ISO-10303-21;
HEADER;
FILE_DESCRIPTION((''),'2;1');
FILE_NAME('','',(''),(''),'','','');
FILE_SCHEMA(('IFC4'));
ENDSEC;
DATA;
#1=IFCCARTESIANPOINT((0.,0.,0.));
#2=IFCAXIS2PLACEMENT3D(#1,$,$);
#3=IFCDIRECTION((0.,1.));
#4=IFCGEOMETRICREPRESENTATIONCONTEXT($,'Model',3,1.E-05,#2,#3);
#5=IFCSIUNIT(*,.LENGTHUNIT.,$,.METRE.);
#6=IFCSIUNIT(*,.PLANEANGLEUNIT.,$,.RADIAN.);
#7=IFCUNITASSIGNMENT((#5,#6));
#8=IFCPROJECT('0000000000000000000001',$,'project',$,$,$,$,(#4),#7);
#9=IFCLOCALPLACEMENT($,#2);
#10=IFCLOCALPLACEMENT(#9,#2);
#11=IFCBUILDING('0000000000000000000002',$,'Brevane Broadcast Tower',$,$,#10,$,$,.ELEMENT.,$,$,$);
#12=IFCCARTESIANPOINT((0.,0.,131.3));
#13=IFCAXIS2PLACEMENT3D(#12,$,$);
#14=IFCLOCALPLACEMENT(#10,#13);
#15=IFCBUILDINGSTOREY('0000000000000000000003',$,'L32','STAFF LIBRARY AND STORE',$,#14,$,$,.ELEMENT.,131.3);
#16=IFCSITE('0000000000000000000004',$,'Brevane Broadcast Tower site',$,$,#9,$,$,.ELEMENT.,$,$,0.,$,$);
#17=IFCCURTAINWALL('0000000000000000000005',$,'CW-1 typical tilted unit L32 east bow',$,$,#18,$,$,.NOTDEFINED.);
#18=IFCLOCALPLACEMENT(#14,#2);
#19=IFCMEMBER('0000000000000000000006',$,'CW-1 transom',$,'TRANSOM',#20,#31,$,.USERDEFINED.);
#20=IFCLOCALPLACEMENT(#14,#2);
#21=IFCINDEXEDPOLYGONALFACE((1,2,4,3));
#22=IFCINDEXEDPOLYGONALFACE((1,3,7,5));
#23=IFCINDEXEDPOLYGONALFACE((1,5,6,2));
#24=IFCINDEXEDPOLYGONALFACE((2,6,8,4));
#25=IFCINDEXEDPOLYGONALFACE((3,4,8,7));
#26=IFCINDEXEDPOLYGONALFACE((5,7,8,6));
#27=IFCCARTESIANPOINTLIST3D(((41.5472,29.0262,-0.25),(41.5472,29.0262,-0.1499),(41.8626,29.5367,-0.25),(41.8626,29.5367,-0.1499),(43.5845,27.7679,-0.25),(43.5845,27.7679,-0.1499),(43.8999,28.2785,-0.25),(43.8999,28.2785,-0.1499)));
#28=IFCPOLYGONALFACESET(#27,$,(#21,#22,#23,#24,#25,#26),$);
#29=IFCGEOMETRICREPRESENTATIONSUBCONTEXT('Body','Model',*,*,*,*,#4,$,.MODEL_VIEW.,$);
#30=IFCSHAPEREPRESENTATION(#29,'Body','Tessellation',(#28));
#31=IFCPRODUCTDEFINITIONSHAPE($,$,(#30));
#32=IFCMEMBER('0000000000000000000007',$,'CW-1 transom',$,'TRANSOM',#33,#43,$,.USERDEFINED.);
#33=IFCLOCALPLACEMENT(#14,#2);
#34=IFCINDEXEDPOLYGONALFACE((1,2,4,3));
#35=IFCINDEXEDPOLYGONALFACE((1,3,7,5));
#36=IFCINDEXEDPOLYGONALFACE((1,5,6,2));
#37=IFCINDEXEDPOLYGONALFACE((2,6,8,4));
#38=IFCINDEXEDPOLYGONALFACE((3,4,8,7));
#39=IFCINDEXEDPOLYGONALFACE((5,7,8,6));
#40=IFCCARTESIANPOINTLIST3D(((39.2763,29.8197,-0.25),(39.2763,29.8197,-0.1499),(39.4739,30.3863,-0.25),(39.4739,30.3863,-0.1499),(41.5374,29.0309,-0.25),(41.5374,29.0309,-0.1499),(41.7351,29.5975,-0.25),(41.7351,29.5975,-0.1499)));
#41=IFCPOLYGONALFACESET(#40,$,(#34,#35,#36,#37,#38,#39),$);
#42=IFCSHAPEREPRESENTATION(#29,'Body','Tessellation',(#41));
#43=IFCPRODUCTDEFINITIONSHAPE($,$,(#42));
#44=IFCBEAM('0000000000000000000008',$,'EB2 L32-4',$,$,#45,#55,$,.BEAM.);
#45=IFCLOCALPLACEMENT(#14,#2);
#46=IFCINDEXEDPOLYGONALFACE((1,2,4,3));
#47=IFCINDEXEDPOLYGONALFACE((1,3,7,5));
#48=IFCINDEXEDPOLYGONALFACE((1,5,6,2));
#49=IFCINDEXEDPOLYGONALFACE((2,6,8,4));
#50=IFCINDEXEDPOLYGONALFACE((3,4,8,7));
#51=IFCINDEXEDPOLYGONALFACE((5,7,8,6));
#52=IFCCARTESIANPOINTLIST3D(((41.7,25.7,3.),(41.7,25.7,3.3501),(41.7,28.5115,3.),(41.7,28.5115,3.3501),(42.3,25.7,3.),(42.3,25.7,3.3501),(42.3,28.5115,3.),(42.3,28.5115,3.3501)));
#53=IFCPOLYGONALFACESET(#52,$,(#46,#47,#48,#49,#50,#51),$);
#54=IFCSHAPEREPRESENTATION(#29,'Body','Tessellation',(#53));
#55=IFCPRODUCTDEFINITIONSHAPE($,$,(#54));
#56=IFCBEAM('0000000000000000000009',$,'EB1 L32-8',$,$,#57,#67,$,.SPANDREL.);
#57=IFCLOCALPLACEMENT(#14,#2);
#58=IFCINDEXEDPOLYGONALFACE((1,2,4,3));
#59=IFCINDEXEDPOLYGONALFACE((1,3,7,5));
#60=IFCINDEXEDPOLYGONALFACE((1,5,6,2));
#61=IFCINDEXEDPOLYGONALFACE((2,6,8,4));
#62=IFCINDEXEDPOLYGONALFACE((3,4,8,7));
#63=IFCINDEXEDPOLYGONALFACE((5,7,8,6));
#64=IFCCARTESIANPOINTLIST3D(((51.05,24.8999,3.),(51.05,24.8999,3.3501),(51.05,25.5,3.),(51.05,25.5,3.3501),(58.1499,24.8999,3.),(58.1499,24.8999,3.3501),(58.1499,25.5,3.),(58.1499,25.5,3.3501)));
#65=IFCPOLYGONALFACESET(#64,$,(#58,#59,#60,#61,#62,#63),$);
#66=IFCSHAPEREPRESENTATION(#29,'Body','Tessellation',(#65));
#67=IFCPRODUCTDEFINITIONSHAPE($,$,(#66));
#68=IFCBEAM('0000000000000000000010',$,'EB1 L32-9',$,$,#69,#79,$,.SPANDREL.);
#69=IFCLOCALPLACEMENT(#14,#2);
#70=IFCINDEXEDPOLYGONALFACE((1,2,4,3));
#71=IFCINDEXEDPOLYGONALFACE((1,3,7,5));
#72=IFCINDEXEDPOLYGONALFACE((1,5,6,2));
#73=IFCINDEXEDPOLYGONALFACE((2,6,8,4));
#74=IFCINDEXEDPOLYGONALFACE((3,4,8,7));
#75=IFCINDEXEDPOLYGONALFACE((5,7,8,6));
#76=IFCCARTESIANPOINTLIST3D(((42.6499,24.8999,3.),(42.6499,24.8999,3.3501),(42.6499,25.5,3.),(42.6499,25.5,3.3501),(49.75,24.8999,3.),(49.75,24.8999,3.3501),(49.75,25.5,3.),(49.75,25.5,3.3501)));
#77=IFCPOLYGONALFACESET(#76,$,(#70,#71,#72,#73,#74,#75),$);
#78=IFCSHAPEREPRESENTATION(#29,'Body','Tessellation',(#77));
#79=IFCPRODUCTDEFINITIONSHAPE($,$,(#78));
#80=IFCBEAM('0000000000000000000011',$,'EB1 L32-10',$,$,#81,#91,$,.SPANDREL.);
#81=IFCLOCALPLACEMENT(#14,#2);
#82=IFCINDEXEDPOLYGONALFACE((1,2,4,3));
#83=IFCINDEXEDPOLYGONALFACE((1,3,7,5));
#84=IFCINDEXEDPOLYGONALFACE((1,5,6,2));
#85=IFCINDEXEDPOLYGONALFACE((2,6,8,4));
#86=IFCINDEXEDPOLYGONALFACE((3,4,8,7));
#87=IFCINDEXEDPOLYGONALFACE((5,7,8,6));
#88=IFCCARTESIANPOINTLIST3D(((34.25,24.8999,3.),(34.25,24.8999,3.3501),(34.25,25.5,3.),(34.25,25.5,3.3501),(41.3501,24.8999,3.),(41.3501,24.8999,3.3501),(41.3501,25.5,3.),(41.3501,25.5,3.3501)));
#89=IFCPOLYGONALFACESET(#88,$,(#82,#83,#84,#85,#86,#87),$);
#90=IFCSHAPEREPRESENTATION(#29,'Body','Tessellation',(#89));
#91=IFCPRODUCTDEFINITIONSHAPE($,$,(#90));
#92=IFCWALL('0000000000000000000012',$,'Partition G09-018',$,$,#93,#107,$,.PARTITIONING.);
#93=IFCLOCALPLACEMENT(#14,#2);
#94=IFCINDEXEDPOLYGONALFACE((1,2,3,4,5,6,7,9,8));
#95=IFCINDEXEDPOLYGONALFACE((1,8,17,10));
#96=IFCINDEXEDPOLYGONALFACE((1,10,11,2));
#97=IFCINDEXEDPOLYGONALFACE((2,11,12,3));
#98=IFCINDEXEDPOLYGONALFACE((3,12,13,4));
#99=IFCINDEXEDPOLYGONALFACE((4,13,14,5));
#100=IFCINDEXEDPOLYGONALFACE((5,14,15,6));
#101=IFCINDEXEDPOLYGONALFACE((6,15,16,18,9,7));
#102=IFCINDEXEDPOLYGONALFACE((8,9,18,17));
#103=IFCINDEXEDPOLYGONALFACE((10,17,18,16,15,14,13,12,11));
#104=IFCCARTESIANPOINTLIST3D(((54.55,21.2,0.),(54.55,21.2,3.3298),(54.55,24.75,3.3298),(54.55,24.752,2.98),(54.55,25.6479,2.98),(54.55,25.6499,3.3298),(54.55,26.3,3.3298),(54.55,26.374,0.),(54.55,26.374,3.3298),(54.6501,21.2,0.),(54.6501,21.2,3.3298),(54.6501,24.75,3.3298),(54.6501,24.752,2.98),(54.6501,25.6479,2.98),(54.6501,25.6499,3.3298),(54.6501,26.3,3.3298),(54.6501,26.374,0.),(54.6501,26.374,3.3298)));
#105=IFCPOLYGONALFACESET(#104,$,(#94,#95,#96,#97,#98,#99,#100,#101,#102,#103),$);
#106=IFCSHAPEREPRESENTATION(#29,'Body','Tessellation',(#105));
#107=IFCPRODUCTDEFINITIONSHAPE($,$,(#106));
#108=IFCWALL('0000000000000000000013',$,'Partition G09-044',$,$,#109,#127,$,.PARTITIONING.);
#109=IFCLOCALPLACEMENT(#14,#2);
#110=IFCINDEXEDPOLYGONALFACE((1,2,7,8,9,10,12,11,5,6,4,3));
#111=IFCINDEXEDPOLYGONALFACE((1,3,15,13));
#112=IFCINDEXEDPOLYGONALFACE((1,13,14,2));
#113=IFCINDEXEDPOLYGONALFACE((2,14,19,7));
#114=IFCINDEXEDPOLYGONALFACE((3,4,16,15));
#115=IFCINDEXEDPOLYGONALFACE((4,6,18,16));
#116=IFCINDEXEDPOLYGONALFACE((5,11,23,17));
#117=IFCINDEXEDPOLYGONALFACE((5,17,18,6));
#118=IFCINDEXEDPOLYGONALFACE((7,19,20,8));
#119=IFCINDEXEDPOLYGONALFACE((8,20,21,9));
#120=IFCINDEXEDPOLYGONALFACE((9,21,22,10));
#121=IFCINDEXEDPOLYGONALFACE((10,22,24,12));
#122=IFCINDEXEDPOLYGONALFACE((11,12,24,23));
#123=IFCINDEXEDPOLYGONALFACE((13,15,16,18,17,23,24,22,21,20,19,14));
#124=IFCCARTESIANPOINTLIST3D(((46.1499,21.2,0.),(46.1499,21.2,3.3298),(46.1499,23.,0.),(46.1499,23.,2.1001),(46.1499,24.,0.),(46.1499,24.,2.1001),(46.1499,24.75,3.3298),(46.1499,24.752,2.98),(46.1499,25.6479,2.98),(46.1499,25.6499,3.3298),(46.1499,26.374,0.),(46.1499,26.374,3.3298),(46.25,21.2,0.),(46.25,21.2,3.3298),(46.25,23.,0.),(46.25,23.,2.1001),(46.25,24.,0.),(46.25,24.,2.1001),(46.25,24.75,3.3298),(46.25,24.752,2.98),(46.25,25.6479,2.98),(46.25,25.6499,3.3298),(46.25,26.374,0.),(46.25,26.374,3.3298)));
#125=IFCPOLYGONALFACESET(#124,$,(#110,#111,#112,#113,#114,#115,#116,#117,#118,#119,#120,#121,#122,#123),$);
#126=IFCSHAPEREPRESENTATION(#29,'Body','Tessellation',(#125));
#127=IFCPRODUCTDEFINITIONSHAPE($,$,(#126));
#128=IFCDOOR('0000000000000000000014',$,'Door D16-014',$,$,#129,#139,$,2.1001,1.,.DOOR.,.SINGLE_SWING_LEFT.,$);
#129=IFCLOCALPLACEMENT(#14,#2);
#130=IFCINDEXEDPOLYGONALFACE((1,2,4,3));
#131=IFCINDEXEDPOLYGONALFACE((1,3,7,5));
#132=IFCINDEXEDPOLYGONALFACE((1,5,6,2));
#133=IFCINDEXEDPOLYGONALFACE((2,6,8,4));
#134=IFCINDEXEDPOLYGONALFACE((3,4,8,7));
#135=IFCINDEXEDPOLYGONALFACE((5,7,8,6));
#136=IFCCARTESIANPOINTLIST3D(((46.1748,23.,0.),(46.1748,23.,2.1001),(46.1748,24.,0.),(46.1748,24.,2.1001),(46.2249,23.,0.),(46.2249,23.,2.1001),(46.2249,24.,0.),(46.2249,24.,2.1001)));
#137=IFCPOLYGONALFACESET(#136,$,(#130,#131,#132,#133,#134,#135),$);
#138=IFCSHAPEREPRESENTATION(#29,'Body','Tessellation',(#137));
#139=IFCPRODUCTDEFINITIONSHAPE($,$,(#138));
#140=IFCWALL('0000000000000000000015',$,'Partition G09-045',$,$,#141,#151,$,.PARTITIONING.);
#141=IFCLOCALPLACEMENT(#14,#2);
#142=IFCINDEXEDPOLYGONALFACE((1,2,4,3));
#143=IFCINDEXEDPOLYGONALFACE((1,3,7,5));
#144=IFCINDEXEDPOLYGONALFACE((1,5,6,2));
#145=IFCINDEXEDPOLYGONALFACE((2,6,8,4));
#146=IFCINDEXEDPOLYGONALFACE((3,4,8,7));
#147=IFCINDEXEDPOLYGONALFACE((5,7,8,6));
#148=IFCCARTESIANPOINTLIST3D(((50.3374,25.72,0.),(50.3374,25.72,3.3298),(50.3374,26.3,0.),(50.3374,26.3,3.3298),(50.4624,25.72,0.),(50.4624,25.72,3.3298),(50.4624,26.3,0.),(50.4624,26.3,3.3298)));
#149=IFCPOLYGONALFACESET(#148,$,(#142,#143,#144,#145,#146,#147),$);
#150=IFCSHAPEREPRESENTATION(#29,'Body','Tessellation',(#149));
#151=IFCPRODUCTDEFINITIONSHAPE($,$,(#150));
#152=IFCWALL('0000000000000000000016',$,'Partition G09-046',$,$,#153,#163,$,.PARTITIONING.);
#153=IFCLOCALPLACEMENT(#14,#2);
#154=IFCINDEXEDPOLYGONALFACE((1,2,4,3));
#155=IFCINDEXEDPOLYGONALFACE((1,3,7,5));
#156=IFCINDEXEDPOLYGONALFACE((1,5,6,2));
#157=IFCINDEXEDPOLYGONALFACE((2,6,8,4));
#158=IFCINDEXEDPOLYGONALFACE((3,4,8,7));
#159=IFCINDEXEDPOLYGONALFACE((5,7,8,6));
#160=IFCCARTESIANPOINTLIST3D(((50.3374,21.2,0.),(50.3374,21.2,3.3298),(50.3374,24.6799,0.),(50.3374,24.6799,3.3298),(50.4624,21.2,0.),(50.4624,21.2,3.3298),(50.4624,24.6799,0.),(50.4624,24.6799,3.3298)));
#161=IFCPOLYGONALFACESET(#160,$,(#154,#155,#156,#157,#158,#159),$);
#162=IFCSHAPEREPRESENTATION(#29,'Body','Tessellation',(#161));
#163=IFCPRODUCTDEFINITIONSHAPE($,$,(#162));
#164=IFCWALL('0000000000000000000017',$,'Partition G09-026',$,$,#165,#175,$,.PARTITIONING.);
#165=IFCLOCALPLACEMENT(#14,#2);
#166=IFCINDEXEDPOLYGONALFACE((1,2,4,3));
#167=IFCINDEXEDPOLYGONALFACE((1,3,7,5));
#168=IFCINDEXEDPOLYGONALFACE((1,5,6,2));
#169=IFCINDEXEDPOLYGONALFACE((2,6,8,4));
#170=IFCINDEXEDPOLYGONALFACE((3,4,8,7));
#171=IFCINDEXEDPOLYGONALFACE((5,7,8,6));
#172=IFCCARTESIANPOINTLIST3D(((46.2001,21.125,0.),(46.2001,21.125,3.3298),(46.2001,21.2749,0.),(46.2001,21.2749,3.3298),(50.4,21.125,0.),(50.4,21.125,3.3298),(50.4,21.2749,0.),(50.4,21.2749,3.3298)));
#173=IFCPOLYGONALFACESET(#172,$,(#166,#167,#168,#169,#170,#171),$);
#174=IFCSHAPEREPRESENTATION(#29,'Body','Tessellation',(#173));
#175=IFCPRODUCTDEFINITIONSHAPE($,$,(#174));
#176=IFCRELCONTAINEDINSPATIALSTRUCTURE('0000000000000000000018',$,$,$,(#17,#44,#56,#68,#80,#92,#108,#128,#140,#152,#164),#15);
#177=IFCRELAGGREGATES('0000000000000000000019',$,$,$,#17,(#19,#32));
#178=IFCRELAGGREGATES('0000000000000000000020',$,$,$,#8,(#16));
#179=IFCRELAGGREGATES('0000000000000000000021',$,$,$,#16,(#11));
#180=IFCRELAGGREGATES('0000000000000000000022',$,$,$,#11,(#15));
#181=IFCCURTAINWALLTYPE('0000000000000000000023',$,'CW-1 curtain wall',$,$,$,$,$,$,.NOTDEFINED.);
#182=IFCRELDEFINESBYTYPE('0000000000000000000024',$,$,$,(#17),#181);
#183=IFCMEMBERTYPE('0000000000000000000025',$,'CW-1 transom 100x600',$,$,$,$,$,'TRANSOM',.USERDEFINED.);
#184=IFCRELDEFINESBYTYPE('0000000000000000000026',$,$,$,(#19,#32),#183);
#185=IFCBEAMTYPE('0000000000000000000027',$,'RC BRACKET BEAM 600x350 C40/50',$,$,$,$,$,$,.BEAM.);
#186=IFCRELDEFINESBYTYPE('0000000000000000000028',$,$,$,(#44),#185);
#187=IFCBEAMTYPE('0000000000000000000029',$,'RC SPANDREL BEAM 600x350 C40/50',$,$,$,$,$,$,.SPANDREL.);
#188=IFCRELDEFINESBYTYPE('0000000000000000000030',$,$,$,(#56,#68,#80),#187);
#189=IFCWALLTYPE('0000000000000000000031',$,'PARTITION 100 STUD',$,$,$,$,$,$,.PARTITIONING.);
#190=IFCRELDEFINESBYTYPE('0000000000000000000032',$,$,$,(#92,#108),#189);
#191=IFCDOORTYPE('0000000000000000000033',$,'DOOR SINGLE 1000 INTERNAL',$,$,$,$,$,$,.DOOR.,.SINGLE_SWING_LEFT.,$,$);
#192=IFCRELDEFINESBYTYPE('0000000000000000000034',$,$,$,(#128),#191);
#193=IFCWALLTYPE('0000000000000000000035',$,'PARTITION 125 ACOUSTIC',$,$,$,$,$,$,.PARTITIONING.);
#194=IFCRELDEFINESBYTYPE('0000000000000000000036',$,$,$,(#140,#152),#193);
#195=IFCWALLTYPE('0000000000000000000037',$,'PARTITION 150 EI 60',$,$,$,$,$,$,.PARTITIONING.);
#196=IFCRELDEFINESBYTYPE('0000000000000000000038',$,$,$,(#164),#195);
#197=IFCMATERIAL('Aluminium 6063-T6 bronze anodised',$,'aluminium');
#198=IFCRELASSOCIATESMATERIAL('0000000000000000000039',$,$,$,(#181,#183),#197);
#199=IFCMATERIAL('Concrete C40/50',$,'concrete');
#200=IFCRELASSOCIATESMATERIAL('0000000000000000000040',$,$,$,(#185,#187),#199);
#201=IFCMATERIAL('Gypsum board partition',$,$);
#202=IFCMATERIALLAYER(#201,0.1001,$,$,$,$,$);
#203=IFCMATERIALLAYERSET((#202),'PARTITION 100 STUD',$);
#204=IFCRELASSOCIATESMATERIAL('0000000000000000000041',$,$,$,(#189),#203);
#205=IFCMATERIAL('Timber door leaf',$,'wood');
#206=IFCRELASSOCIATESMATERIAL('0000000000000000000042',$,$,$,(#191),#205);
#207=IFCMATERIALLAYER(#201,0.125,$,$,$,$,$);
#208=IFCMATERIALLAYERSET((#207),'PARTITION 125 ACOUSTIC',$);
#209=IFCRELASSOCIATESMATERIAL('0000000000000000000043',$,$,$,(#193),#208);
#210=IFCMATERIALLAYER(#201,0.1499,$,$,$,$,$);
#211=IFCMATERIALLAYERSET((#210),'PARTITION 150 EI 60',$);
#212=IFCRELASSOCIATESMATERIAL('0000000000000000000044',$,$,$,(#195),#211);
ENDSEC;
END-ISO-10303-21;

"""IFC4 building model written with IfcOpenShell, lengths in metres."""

from ifc_helpers import new_model, si_unit, direction, frame, frame_2d, origin, origin_2d, place, context, subcontext, project, spatial, polyline, rectangle, outline, extrude, material, layer, layer_set, material_profile, profile_set, type_object, element, fill, aggregate, save


model = new_model("IFC4")

# Units and contexts
model_context = context("Model", 3, precision=1e-05, world=origin(), true_north=direction((0.0, 1.0)))
body_context = subcontext(model_context, "Body", "Model", "MODEL_VIEW")
ifc_project = project(units=[si_unit("LENGTHUNIT", "METRE"), si_unit("PLANEANGLEUNIT", "RADIAN")], contexts=[model_context])

# Site, building, storey
site_placement = place(None, origin())
site = spatial("IfcSite", under=ifc_project, at=site_placement, Name="Brevane Broadcast Tower site", CompositionType="ELEMENT", RefElevation=0.0)
building_placement = place(site_placement, origin())
building = spatial("IfcBuilding", under=site, at=building_placement, Name="Brevane Broadcast Tower", CompositionType="ELEMENT")
storey_placement = place(building_placement, frame((0.0, 0.0, 131.3)))
storey = spatial("IfcBuildingStorey", under=building, at=storey_placement, Name="L32", Description="STAFF LIBRARY AND STORE", CompositionType="ELEMENT", Elevation=131.3)

# Curtain wall
ifc_material_1 = material(Name="Aluminium 6063-T6 bronze anodised", Category="aluminium")
curtain_wall_type = type_object("IfcCurtainWallType", Name="CW-1 curtain wall", PredefinedType="NOTDEFINED", material=ifc_material_1)
curtain_wall_1_placement = place(storey_placement, origin())
curtain_wall_1 = element("IfcCurtainWall", 1, at=curtain_wall_1_placement, inside=storey, type_object=curtain_wall_type, Name="CW-1 typical tilted unit L32 east bow", PredefinedType="NOTDEFINED")

# Members
ifc_material_profile_1 = material_profile(ifc_material_1, rectangle(XDim=0.6001, YDim=0.1001, at=origin_2d()), Name="RECT 100x600")
ifc_profile_set_1 = profile_set([ifc_material_profile_1], Name="Aluminium 6063-T6 bronze anodised")
member_type_1 = type_object("IfcMemberType", Name="CW-1 transom 100x600", ElementType="TRANSOM", PredefinedType="USERDEFINED", material=ifc_profile_set_1)
member_1_placement = place(storey_placement, frame((43.7422, 28.0232, -0.2), z_axis=(-0.85081, 0.525473, 0.0), x_axis=(-0.525473, -0.85081, 0.0)))
member_1 = element("IfcMember", 2, at=member_1_placement, type_object=member_type_1, Name="CW-1 transom", ObjectType="TRANSOM", PredefinedType="USERDEFINED", context=body_context, shape_type="SweptSolid", body=[
    extrude(rectangle(XDim=0.6001, YDim=0.1001, at=origin_2d()), origin(), (0.0, 0.0, 1.0), 2.3945),
])
member_2_placement = place(storey_placement, frame((41.6362, 29.3142, -0.2), z_axis=(-0.944198, 0.329378, 0.0), x_axis=(-0.329378, -0.944198, 0.0)))
member_2 = element("IfcMember", 3, at=member_2_placement, type_object=member_type_1, Name="CW-1 transom", ObjectType="TRANSOM", PredefinedType="USERDEFINED", context=body_context, shape_type="SweptSolid", body=[
    extrude(rectangle(XDim=0.6001, YDim=0.1001, at=origin_2d()), origin(), (0.0, 0.0, 1.0), 2.3948),
])
aggregate(curtain_wall_1, [member_1, member_2])

# Beams
ifc_material_2 = material(Name="Concrete C40/50", Category="concrete")
ifc_material_profile_2 = material_profile(ifc_material_2, rectangle(XDim=0.6001, YDim=0.3501, at=origin_2d()), Name="RC 600x350")
ifc_profile_set_2 = profile_set([ifc_material_profile_2], Name="Concrete C40/50")
beam_type_1 = type_object("IfcBeamType", Name="RC BRACKET BEAM 600x350 C40/50", PredefinedType="BEAM", material=ifc_profile_set_2)
beam_1_placement = place(storey_placement, frame((42.0, 25.7, 3.175), z_axis=(0.0, 1.0, 0.0), x_axis=(-1.0, 0.0, 0.0)))
element("IfcBeam", 4, at=beam_1_placement, inside=storey, type_object=beam_type_1, Name="EB2 L32-4", PredefinedType="BEAM", context=body_context, shape_type="SweptSolid", body=[
    extrude(rectangle(XDim=0.6001, YDim=0.3501, at=origin_2d()), origin(), (0.0, 0.0, 1.0), 2.8115),
])
ifc_material_profile_3 = material_profile(ifc_material_2, rectangle(XDim=0.6001, YDim=0.3501, at=origin_2d()), Name="RC 600x350")
ifc_profile_set_3 = profile_set([ifc_material_profile_3], Name="Concrete C40/50")
beam_type_2 = type_object("IfcBeamType", Name="RC SPANDREL BEAM 600x350 C40/50", PredefinedType="SPANDREL", material=ifc_profile_set_3)
beam_2_placement = place(storey_placement, frame((58.1499, 25.2, 3.175), z_axis=(-1.0, 0.0, 0.0), x_axis=(0.0, -1.0, 0.0)))
element("IfcBeam", 5, at=beam_2_placement, inside=storey, type_object=beam_type_2, Name="EB1 L32-8", PredefinedType="SPANDREL", context=body_context, shape_type="SweptSolid", body=[
    extrude(rectangle(XDim=0.6001, YDim=0.3501, at=origin_2d()), origin(), (0.0, 0.0, 1.0), 7.0999),
])
for number, where, z_axis, x_axis, name in (
    (6, (49.75, 25.2, 3.175), (-1.0, 0.0, 0.0), (0.0, -1.0, 0.0), "EB1 L32-9"),
    (7, (41.3501, 25.2, 3.175), (-1.0, 0.0, 0.0), (0.0, -1.0, 0.0), "EB1 L32-10"),
):
    element("IfcBeam", number, at=place(storey_placement, frame(where, z_axis=z_axis, x_axis=x_axis)), inside=storey, type_object=beam_type_2, Name=name, PredefinedType="SPANDREL", context=body_context, shape_type="SweptSolid", body=[
        extrude(rectangle(XDim=0.6001, YDim=0.3501, at=origin_2d()), origin(), (0.0, 0.0, 1.0), 7.1001),
    ])

# Wall
ifc_material_3 = material(Name="Gypsum board partition")
ifc_layer_1 = layer(ifc_material_3, 0.1001)
ifc_layer_set_1 = layer_set([ifc_layer_1], Name="PARTITION 100 STUD")
wall_type_1 = type_object("IfcWallType", Name="PARTITION 100 STUD", PredefinedType="PARTITIONING", material=ifc_layer_set_1)
wall_1_placement = place(storey_placement, frame((54.6001, 21.2, 0.0), z_axis=(0.0, 0.0, 1.0), x_axis=(0.0, 1.0, 0.0)))
element("IfcWall", 8, at=wall_1_placement, inside=storey, type_object=wall_type_1, Name="Partition G09-018", PredefinedType="PARTITIONING", context=body_context, shape_type="SweptSolid", body=[
    extrude(outline(polyline([(0.0, 0.0), (5.1741, 0.0), (5.1741, 3.3298), (5.1001, 3.3298), (4.45, 3.3298), (4.448, 2.98), (3.552, 2.98), (3.55, 3.3298), (0.0, 3.3298), (0.0, 0.0)])), frame((0.0, 0.05, 0.0), z_axis=(0.0, -1.0, 0.0), x_axis=(1.0, 0.0, 0.0)), (0.0, 0.0, 1.0), 0.1001),
])

# Wall, opening, door
wall_2_placement = place(storey_placement, frame((46.2, 26.374, 0.0), z_axis=(0.0, 0.0, 1.0), x_axis=(0.0, -1.0, 0.0)))
wall_2 = element("IfcWall", 9, at=wall_2_placement, inside=storey, type_object=wall_type_1, Name="Partition G09-044", PredefinedType="PARTITIONING", context=body_context, shape_type="SweptSolid", body=[
    extrude(outline(polyline([(0.0, 0.0), (5.1741, 0.0), (5.1741, 3.3298), (1.624, 3.3298), (1.6221, 2.98), (0.7261, 2.98), (0.7241, 3.3298), (0.074, 3.3298), (0.0, 3.3298), (0.0, 0.0)])), frame((0.0, 0.05, 0.0), z_axis=(0.0, -1.0, 0.0), x_axis=(1.0, 0.0, 0.0)), (0.0, 0.0, 1.0), 0.1001),
])
opening_1_placement = place(wall_2_placement, frame((2.374, 0.0, 0.0)))
opening_1 = element("IfcOpeningElement", 10, at=opening_1_placement, cuts=wall_2, PredefinedType="OPENING", context=body_context, shape_type="SweptSolid", body=[
    extrude(rectangle(XDim=1.0, YDim=2.1001, at=frame_2d((0.5, 1.05))), frame((0.0, 0.0601, 0.0), z_axis=(0.0, -1.0, 0.0), x_axis=(1.0, 0.0, 0.0)), (0.0, 0.0, 1.0), 0.1201),
])
ifc_material_4 = material(Name="Timber door leaf", Category="wood")
door_type_1 = type_object("IfcDoorType", Name="DOOR SINGLE 1000 INTERNAL", OperationType="SINGLE_SWING_LEFT", PredefinedType="DOOR", material=ifc_material_4)
door_1_placement = place(opening_1_placement, origin())
door_1 = element("IfcDoor", 11, at=door_1_placement, inside=storey, type_object=door_type_1, Name="Door D16-014", OperationType="SINGLE_SWING_LEFT", OverallHeight=2.1001, OverallWidth=1.0, PredefinedType="DOOR", context=body_context, shape_type="SweptSolid", body=[
    extrude(rectangle(XDim=1.0, YDim=2.1001, at=frame_2d((0.5, 1.05))), frame((0.0, 0.0249, 0.0), z_axis=(0.0, -1.0, 0.0), x_axis=(1.0, 0.0, 0.0)), (0.0, 0.0, 1.0), 0.05),
])
fill(opening_1, door_1)

# Walls
ifc_layer_2 = layer(ifc_material_3, 0.125)
ifc_layer_set_2 = layer_set([ifc_layer_2], Name="PARTITION 125 ACOUSTIC")
wall_type_2 = type_object("IfcWallType", Name="PARTITION 125 ACOUSTIC", PredefinedType="PARTITIONING", material=ifc_layer_set_2)
wall_3_placement = place(storey_placement, frame((50.3999, 26.3, 0.0), z_axis=(0.0, 0.0, 1.0), x_axis=(0.0, -1.0, 0.0)))
element("IfcWall", 12, at=wall_3_placement, inside=storey, type_object=wall_type_2, Name="Partition G09-045", PredefinedType="PARTITIONING", context=body_context, shape_type="SweptSolid", body=[
    extrude(rectangle(XDim=0.5801, YDim=0.125, at=frame_2d((0.29, 0.0))), origin(), (0.0, 0.0, 1.0), 3.3298),
])
wall_4_placement = place(storey_placement, frame((50.3999, 24.6799, 0.0), z_axis=(0.0, 0.0, 1.0), x_axis=(0.0, -1.0, 0.0)))
element("IfcWall", 13, at=wall_4_placement, inside=storey, type_object=wall_type_2, Name="Partition G09-046", PredefinedType="PARTITIONING", context=body_context, shape_type="SweptSolid", body=[
    extrude(rectangle(XDim=3.48, YDim=0.125, at=frame_2d((1.74, 0.0))), origin(), (0.0, 0.0, 1.0), 3.3298),
])

# Shared definitions
ifc_layer_3 = layer(ifc_material_3, 0.1499)
ifc_layer_set_3 = layer_set([ifc_layer_3], Name="PARTITION 150 EI 60")
wall_type_3 = type_object("IfcWallType", Name="PARTITION 150 EI 60", PredefinedType="PARTITIONING", material=ifc_layer_set_3)

# Wall
wall_5_placement = place(storey_placement, frame((46.2, 21.2, 0.0), z_axis=(0.0, 0.0, 1.0), x_axis=(1.0, 0.0, 0.0)))
element("IfcWall", 14, at=wall_5_placement, inside=storey, type_object=wall_type_3, Name="Partition G09-026", PredefinedType="PARTITIONING", context=body_context, shape_type="SweptSolid", body=[
    extrude(rectangle(XDim=4.2, YDim=0.1499, at=frame_2d((2.1001, 0.0))), origin(), (0.0, 0.0, 1.0), 3.3298),
])

save(model, "model.ifc")
